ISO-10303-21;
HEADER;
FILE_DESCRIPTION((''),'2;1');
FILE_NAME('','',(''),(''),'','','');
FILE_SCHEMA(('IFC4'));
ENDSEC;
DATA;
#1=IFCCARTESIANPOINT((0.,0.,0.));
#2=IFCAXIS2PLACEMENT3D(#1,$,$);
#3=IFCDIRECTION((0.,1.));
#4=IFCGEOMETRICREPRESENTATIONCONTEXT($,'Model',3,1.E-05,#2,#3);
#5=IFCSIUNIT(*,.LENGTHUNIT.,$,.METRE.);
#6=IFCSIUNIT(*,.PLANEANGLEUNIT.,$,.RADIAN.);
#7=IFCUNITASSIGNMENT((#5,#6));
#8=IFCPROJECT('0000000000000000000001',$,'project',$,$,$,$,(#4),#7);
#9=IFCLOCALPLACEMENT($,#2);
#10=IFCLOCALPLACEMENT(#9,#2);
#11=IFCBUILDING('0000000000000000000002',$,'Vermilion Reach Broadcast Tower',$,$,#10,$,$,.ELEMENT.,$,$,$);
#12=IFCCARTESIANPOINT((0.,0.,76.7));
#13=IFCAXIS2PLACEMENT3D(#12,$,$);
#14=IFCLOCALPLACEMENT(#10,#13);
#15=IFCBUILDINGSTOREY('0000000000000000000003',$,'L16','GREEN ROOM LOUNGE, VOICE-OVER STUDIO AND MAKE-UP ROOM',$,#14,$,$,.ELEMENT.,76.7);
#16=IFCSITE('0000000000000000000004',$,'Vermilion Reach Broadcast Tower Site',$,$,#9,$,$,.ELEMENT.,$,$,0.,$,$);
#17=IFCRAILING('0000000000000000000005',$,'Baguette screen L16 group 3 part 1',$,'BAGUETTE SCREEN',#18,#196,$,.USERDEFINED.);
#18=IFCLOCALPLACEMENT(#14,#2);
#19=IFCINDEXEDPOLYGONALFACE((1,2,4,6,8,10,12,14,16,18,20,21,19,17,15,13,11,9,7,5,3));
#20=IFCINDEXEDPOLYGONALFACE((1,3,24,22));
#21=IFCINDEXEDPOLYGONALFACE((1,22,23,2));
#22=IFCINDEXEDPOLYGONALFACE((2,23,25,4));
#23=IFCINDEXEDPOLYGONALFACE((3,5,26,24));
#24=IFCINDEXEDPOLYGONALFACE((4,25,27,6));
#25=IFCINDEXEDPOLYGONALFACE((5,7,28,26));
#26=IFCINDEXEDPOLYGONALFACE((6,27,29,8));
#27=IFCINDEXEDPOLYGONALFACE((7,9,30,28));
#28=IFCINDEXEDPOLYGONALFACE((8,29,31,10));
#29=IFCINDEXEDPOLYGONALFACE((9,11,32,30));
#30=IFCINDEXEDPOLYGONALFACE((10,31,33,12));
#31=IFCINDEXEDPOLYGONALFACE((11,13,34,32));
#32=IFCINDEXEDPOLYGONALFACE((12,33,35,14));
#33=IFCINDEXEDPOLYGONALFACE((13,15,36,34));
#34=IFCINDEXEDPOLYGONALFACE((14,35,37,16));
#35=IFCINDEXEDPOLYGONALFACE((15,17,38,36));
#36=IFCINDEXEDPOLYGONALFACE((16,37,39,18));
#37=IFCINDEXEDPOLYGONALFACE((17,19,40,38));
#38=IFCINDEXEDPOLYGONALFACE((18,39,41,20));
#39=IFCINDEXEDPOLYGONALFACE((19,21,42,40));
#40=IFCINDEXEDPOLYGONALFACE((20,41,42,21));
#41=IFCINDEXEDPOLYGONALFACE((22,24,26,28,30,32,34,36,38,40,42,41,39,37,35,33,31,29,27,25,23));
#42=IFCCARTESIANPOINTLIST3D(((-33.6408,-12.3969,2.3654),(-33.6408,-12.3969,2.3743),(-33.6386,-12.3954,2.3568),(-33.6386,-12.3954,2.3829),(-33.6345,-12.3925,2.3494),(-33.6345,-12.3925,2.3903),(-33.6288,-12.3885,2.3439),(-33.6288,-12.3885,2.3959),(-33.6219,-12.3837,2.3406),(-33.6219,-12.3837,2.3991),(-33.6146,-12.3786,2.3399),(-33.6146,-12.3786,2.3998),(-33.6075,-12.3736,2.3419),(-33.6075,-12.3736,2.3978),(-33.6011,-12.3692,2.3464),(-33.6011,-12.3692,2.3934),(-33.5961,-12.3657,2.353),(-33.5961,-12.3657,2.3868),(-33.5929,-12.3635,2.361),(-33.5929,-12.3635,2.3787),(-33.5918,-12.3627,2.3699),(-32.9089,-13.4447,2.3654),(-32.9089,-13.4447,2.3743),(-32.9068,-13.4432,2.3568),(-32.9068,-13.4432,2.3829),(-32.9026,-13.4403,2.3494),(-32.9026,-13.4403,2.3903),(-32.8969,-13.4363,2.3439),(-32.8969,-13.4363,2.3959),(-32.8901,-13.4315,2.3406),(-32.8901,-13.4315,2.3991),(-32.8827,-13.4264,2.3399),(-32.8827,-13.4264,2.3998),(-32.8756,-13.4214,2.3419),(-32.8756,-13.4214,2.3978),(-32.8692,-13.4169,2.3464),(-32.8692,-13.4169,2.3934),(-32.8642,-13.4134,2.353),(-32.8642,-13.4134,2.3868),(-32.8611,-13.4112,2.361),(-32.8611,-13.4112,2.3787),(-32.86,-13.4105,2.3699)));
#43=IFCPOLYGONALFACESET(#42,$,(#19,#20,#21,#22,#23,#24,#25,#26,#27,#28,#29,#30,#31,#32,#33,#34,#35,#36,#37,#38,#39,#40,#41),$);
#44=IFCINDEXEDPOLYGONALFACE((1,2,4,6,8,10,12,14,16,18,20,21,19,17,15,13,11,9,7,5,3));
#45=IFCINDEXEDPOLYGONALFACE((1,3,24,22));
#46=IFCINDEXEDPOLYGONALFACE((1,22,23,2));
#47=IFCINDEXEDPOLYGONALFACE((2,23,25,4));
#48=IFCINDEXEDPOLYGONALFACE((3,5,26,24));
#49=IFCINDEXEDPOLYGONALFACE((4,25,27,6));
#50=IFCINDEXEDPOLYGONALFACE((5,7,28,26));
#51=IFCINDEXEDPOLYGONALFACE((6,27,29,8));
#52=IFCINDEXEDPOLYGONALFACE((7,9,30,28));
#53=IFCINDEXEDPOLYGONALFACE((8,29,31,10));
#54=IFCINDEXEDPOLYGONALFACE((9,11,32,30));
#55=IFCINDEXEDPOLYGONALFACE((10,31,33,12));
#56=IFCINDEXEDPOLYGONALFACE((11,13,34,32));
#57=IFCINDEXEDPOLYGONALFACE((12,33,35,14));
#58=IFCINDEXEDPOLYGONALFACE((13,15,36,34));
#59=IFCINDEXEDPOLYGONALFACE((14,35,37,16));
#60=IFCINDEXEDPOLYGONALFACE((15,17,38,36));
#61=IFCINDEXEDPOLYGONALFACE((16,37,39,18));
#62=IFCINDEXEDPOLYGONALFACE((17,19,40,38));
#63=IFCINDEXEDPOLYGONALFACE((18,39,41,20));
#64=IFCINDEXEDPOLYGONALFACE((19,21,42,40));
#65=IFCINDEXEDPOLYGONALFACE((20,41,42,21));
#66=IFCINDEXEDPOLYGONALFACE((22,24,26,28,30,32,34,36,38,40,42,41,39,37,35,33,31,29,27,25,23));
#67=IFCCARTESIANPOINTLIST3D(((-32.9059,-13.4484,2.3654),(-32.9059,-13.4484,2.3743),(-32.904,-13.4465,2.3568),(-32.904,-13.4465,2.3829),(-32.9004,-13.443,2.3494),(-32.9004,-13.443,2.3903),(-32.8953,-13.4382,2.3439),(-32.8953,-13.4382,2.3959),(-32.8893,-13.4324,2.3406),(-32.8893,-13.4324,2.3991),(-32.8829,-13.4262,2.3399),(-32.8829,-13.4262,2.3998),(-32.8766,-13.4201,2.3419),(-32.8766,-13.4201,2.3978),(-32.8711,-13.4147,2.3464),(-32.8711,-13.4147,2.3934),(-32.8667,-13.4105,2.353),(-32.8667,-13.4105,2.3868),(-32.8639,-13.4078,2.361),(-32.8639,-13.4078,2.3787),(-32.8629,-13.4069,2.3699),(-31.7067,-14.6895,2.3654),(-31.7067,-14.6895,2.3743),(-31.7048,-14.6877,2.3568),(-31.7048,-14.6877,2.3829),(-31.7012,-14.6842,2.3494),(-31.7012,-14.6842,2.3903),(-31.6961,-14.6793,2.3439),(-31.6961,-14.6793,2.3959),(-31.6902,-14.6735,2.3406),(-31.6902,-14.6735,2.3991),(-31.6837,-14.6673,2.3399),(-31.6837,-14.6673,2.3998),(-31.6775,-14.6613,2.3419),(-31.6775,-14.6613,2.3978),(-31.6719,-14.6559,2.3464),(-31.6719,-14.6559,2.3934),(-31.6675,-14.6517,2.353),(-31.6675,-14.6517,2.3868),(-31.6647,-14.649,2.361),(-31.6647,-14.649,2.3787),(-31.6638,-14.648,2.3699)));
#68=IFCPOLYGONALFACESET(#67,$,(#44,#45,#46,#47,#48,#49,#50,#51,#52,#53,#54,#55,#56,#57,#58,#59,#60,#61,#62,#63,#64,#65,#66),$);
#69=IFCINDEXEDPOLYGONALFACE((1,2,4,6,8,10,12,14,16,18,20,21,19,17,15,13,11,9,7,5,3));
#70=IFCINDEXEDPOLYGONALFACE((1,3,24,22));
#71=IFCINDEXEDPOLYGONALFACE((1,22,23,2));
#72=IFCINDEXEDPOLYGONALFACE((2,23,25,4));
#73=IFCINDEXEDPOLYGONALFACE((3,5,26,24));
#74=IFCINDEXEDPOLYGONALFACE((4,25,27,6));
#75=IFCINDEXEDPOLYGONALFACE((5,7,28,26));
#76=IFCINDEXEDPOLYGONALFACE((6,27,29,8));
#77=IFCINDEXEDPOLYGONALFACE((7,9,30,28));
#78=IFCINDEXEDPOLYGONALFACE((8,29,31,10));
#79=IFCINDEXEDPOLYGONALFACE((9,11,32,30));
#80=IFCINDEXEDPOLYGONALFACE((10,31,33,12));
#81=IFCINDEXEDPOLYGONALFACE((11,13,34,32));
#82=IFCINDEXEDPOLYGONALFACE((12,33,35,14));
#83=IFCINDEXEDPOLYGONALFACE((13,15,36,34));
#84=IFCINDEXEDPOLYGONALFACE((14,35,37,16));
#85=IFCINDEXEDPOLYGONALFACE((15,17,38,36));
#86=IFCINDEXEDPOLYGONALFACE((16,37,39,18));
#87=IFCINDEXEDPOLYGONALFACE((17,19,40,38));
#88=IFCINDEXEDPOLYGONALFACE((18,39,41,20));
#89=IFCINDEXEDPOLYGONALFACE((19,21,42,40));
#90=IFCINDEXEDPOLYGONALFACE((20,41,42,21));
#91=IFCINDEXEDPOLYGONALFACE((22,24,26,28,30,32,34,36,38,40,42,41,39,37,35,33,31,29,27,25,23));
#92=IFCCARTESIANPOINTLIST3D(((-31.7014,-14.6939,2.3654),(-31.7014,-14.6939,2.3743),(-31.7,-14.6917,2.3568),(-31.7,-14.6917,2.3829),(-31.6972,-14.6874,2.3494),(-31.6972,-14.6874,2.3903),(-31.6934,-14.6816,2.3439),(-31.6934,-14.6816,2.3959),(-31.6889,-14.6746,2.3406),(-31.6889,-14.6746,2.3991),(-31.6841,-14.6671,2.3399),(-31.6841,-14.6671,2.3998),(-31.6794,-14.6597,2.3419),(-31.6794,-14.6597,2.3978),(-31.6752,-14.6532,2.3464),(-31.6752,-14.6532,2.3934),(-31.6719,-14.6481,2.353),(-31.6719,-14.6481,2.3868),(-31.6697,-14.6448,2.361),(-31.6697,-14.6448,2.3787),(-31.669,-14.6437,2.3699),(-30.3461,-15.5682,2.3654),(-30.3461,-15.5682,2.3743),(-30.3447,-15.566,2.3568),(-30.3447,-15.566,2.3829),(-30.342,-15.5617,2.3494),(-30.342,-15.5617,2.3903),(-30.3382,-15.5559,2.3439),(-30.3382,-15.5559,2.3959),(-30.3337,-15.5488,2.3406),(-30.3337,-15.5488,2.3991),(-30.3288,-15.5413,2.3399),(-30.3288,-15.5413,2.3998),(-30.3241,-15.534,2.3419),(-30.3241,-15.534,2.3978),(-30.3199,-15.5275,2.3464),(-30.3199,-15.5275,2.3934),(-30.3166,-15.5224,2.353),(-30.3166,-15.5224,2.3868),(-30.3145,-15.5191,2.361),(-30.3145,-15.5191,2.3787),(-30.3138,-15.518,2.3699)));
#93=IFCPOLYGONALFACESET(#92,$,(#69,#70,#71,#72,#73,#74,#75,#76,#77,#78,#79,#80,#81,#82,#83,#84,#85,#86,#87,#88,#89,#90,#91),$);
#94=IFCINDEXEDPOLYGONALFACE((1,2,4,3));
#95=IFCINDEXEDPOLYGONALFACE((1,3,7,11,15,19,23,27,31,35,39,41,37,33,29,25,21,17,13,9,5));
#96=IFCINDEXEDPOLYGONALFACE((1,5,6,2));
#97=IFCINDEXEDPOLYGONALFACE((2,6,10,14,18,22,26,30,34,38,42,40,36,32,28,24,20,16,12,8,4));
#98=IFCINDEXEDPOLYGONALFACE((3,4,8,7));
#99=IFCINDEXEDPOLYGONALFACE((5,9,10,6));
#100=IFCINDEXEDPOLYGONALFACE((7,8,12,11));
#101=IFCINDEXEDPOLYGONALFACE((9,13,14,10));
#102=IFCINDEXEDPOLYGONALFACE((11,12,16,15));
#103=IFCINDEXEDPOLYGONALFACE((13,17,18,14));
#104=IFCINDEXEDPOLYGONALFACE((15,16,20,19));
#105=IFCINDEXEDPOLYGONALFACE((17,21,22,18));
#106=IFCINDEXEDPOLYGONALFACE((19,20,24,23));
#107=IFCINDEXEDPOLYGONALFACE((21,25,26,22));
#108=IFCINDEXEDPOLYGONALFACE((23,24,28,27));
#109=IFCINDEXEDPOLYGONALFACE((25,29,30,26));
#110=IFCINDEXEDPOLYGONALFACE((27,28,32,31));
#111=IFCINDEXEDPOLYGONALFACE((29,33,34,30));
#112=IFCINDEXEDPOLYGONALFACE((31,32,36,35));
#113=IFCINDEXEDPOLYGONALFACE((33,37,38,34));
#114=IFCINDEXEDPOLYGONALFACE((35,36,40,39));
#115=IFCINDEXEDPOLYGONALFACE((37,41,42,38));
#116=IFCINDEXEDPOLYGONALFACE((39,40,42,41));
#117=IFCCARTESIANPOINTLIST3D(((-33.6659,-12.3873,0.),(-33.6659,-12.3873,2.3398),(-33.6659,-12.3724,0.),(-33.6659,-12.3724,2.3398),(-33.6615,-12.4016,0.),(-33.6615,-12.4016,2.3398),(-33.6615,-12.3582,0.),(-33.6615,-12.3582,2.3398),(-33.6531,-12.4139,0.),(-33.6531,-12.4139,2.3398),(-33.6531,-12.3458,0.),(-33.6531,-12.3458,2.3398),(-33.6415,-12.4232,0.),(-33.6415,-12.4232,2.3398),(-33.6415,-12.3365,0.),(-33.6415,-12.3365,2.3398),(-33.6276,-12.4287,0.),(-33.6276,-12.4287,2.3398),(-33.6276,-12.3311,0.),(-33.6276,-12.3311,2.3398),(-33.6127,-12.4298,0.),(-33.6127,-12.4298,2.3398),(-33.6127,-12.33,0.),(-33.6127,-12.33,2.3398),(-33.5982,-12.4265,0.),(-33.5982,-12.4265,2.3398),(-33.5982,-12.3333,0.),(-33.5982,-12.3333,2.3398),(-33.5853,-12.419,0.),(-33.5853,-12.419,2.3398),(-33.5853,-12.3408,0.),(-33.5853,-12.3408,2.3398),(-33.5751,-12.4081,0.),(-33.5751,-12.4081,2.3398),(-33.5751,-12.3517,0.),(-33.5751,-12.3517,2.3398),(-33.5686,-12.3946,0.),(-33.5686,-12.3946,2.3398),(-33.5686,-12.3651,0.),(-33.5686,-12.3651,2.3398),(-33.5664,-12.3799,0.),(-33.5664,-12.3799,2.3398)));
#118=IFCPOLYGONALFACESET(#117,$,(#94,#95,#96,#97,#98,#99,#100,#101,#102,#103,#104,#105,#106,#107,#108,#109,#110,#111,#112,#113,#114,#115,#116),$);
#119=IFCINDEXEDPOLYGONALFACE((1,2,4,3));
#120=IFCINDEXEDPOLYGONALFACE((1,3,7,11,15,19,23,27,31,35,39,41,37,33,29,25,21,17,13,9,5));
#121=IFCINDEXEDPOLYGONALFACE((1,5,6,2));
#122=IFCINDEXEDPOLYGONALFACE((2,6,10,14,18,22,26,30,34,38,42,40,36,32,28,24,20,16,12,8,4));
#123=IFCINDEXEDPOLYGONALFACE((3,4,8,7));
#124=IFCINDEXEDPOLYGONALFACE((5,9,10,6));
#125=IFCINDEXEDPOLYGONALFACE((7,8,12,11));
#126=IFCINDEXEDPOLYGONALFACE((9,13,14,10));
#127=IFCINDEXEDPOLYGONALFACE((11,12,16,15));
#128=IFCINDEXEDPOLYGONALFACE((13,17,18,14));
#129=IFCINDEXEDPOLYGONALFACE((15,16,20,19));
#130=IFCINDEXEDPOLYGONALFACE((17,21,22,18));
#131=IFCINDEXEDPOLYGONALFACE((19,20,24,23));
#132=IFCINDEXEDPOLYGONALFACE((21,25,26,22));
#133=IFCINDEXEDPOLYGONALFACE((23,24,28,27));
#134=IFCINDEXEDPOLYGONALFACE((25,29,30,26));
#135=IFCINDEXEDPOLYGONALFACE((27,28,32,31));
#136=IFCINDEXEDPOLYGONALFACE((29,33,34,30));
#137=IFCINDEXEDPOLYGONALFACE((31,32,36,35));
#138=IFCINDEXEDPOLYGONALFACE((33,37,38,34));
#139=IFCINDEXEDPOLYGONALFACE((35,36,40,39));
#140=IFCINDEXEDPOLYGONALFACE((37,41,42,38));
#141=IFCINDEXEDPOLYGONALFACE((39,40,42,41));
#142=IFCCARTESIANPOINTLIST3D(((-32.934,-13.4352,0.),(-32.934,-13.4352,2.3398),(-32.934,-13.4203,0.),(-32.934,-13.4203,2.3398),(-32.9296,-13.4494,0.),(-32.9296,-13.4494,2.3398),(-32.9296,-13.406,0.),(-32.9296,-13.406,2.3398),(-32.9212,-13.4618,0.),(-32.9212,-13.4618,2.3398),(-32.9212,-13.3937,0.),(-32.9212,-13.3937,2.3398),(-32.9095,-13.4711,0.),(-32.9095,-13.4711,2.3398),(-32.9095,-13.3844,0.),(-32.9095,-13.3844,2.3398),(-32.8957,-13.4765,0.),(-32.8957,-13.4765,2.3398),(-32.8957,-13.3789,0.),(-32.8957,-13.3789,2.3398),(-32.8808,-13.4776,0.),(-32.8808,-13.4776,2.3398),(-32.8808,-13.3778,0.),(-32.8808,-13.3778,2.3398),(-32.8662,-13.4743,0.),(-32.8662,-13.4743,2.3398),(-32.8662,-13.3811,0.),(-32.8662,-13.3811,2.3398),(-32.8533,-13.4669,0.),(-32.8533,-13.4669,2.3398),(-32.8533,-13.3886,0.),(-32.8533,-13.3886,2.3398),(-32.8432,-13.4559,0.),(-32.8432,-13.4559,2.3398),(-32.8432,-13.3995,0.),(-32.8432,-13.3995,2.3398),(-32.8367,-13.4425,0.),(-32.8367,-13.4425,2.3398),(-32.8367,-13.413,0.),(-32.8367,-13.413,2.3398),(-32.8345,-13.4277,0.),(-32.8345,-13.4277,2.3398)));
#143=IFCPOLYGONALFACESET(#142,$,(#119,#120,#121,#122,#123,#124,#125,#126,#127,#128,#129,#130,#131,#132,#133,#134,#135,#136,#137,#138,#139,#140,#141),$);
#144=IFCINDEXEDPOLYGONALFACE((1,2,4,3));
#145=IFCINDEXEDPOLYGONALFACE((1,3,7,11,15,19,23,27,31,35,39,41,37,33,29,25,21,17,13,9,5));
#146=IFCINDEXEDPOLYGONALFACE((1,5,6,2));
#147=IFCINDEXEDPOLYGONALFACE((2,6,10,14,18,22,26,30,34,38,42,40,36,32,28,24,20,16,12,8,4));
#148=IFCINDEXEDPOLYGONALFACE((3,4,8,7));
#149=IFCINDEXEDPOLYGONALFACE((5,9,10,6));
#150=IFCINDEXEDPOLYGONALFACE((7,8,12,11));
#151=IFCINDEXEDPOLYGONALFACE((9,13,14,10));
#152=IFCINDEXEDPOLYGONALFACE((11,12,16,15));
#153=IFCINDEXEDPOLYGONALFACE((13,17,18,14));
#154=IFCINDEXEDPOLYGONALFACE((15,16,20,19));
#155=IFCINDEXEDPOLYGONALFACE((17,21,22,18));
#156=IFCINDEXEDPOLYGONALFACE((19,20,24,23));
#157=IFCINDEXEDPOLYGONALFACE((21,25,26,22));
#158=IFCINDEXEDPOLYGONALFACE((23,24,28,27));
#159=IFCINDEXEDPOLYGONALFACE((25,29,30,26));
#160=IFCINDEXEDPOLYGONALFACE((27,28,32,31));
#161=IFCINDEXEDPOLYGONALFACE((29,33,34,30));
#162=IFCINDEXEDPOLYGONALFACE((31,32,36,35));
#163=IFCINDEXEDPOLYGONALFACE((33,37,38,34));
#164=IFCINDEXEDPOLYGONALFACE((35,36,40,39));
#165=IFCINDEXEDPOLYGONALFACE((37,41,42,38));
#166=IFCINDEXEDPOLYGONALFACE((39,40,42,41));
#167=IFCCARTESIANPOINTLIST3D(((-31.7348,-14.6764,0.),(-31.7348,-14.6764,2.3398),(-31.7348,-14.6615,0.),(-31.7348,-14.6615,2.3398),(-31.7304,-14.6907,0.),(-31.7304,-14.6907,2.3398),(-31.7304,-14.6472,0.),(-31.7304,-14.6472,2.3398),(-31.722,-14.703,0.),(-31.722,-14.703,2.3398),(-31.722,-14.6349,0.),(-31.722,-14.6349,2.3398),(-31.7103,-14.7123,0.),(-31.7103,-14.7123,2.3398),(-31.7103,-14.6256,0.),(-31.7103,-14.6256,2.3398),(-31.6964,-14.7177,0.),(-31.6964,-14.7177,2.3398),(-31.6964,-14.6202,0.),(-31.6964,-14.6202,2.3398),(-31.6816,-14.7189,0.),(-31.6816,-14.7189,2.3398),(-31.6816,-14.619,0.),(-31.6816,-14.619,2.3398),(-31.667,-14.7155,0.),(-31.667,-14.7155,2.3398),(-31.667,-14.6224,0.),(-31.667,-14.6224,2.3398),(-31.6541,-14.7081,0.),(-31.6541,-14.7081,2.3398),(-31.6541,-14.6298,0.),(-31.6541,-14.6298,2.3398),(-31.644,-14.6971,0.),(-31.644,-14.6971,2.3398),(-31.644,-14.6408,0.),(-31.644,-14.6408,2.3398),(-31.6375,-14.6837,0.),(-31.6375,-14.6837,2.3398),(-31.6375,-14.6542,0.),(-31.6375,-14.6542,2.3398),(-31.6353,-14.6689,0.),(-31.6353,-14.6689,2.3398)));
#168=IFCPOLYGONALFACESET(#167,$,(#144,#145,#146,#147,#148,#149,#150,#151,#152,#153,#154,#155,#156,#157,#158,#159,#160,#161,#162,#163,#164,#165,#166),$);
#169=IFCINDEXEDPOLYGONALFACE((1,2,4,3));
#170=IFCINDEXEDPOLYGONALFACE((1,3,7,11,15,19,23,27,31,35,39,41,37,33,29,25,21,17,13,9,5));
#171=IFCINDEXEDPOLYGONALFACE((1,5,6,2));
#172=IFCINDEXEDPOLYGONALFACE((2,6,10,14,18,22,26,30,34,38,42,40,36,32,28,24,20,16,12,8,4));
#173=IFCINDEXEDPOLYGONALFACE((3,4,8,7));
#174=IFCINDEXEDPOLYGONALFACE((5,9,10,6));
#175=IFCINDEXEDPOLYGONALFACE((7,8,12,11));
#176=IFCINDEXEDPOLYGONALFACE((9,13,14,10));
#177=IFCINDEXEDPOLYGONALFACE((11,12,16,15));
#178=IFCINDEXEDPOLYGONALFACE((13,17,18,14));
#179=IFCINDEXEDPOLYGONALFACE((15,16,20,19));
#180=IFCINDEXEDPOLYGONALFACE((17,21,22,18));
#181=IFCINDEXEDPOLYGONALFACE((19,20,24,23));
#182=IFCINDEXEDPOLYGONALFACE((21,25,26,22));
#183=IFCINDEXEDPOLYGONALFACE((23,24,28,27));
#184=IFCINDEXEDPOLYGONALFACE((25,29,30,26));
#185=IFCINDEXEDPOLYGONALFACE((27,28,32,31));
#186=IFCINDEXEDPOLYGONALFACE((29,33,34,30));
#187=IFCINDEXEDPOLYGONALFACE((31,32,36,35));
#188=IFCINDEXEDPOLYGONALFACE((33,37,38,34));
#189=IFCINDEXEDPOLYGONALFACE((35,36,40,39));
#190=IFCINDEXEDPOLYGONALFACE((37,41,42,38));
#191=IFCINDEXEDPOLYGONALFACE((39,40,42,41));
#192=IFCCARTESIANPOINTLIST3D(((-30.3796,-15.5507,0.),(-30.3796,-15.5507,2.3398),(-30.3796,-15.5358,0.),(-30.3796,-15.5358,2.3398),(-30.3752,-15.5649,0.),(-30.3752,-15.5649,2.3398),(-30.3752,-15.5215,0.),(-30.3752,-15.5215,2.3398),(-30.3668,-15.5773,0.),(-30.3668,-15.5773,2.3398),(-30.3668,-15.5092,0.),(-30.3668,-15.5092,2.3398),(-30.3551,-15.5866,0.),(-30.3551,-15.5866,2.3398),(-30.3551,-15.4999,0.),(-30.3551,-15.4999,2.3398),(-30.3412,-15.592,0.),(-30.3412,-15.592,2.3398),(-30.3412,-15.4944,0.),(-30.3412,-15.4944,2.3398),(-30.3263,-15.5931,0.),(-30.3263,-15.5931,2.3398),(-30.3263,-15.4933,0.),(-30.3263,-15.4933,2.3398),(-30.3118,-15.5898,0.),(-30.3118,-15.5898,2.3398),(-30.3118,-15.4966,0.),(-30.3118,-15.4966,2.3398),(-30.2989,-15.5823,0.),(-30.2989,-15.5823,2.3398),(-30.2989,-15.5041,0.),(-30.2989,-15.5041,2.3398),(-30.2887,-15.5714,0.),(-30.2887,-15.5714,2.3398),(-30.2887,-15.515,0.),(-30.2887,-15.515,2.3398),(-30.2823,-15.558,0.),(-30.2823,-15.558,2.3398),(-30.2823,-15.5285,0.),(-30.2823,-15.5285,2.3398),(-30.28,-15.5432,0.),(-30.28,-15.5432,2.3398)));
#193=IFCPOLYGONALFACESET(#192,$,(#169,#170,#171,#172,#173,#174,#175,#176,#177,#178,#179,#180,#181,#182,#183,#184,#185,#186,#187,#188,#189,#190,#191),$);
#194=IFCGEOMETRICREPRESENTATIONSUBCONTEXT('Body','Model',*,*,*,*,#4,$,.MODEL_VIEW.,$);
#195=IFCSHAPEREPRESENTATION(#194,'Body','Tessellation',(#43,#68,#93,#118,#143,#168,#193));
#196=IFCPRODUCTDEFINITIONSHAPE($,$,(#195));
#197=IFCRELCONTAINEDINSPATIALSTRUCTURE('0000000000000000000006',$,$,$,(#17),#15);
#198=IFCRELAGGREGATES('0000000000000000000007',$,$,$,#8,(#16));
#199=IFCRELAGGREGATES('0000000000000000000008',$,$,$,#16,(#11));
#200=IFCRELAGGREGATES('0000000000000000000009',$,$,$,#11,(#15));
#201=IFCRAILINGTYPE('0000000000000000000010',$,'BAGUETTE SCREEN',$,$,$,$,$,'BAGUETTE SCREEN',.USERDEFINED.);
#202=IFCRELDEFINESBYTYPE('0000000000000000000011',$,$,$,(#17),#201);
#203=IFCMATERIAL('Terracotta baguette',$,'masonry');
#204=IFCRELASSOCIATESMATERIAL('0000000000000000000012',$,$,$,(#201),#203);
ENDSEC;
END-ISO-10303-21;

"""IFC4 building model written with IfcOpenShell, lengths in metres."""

from ifc_helpers import new_model, si_unit, direction, frame, origin, origin_2d, place, context, subcontext, project, spatial, circle, extrude, material, type_object, element, save


model = new_model("IFC4")

# Units and contexts
model_context = context("Model", 3, precision=1e-05, world=origin(), true_north=direction((0.0, 1.0)))
body_context = subcontext(model_context, "Body", "Model", "MODEL_VIEW")
ifc_project = project(units=[si_unit("LENGTHUNIT", "METRE"), si_unit("PLANEANGLEUNIT", "RADIAN")], contexts=[model_context])

# Site, building, storey
site_placement = place(None, origin())
site = spatial("IfcSite", under=ifc_project, at=site_placement, Name="Vermilion Reach Broadcast Tower Site", CompositionType="ELEMENT", RefElevation=0.0)
building_placement = place(site_placement, origin())
building = spatial("IfcBuilding", under=site, at=building_placement, Name="Vermilion Reach Broadcast Tower", CompositionType="ELEMENT")
storey_placement = place(building_placement, frame((0.0, 0.0, 76.7)))
storey = spatial("IfcBuildingStorey", under=building, at=storey_placement, Name="L16", Description="GREEN ROOM LOUNGE, VOICE-OVER STUDIO AND MAKE-UP ROOM", CompositionType="ELEMENT", Elevation=76.7)

# Railing
ifc_material_1 = material(Name="Terracotta baguette", Category="masonry")
railing_type_1 = type_object("IfcRailingType", Name="BAGUETTE SCREEN", ElementType="BAGUETTE SCREEN", PredefinedType="USERDEFINED", material=ifc_material_1)
railing_1_placement = place(storey_placement, frame((-33.6165, -12.3799, 0.0)))
element("IfcRailing", 1, at=railing_1_placement, inside=storey, type_object=railing_type_1, Name="Baguette screen L16 group 3 part 1", ObjectType="BAGUETTE SCREEN", PredefinedType="USERDEFINED", context=body_context, shape_type="SweptSolid", body=[
    extrude(circle(Radius=0.03, at=origin_2d()), frame((0.0, 0.0, 2.3699), z_axis=(0.572642, -0.819806, 0.0), x_axis=(0.819806, 0.572642, 0.0)), (0.0, 0.0, 1.0), 1.2781),
    extrude(circle(Radius=0.03, at=origin_2d()), frame((0.7319, -1.0479, 2.3699), z_axis=(0.694837, -0.719167, 0.0), x_axis=(0.719167, 0.694837, 0.0)), (0.0, 0.0, 1.0), 1.7258),
    extrude(circle(Radius=0.03, at=origin_2d()), frame((1.9312, -2.2891, 2.3699), z_axis=(0.840317, -0.542096, 0.0), x_axis=(0.542096, 0.840317, 0.0)), (0.0, 0.0, 1.0), 1.6128),
    extrude(circle(Radius=0.05, at=origin_2d()), origin(), (0.0, 0.0, 1.0), 2.3398),
    extrude(circle(Radius=0.05, at=origin_2d()), frame((0.7319, -1.0479, 0.0)), (0.0, 0.0, 1.0), 2.3398),
    extrude(circle(Radius=0.05, at=origin_2d()), frame((1.9312, -2.2891, 0.0)), (0.0, 0.0, 1.0), 2.3398),
    extrude(circle(Radius=0.05, at=origin_2d()), frame((3.2864, -3.1633, 0.0)), (0.0, 0.0, 1.0), 2.3398),
])

save(model, "model.ifc")
